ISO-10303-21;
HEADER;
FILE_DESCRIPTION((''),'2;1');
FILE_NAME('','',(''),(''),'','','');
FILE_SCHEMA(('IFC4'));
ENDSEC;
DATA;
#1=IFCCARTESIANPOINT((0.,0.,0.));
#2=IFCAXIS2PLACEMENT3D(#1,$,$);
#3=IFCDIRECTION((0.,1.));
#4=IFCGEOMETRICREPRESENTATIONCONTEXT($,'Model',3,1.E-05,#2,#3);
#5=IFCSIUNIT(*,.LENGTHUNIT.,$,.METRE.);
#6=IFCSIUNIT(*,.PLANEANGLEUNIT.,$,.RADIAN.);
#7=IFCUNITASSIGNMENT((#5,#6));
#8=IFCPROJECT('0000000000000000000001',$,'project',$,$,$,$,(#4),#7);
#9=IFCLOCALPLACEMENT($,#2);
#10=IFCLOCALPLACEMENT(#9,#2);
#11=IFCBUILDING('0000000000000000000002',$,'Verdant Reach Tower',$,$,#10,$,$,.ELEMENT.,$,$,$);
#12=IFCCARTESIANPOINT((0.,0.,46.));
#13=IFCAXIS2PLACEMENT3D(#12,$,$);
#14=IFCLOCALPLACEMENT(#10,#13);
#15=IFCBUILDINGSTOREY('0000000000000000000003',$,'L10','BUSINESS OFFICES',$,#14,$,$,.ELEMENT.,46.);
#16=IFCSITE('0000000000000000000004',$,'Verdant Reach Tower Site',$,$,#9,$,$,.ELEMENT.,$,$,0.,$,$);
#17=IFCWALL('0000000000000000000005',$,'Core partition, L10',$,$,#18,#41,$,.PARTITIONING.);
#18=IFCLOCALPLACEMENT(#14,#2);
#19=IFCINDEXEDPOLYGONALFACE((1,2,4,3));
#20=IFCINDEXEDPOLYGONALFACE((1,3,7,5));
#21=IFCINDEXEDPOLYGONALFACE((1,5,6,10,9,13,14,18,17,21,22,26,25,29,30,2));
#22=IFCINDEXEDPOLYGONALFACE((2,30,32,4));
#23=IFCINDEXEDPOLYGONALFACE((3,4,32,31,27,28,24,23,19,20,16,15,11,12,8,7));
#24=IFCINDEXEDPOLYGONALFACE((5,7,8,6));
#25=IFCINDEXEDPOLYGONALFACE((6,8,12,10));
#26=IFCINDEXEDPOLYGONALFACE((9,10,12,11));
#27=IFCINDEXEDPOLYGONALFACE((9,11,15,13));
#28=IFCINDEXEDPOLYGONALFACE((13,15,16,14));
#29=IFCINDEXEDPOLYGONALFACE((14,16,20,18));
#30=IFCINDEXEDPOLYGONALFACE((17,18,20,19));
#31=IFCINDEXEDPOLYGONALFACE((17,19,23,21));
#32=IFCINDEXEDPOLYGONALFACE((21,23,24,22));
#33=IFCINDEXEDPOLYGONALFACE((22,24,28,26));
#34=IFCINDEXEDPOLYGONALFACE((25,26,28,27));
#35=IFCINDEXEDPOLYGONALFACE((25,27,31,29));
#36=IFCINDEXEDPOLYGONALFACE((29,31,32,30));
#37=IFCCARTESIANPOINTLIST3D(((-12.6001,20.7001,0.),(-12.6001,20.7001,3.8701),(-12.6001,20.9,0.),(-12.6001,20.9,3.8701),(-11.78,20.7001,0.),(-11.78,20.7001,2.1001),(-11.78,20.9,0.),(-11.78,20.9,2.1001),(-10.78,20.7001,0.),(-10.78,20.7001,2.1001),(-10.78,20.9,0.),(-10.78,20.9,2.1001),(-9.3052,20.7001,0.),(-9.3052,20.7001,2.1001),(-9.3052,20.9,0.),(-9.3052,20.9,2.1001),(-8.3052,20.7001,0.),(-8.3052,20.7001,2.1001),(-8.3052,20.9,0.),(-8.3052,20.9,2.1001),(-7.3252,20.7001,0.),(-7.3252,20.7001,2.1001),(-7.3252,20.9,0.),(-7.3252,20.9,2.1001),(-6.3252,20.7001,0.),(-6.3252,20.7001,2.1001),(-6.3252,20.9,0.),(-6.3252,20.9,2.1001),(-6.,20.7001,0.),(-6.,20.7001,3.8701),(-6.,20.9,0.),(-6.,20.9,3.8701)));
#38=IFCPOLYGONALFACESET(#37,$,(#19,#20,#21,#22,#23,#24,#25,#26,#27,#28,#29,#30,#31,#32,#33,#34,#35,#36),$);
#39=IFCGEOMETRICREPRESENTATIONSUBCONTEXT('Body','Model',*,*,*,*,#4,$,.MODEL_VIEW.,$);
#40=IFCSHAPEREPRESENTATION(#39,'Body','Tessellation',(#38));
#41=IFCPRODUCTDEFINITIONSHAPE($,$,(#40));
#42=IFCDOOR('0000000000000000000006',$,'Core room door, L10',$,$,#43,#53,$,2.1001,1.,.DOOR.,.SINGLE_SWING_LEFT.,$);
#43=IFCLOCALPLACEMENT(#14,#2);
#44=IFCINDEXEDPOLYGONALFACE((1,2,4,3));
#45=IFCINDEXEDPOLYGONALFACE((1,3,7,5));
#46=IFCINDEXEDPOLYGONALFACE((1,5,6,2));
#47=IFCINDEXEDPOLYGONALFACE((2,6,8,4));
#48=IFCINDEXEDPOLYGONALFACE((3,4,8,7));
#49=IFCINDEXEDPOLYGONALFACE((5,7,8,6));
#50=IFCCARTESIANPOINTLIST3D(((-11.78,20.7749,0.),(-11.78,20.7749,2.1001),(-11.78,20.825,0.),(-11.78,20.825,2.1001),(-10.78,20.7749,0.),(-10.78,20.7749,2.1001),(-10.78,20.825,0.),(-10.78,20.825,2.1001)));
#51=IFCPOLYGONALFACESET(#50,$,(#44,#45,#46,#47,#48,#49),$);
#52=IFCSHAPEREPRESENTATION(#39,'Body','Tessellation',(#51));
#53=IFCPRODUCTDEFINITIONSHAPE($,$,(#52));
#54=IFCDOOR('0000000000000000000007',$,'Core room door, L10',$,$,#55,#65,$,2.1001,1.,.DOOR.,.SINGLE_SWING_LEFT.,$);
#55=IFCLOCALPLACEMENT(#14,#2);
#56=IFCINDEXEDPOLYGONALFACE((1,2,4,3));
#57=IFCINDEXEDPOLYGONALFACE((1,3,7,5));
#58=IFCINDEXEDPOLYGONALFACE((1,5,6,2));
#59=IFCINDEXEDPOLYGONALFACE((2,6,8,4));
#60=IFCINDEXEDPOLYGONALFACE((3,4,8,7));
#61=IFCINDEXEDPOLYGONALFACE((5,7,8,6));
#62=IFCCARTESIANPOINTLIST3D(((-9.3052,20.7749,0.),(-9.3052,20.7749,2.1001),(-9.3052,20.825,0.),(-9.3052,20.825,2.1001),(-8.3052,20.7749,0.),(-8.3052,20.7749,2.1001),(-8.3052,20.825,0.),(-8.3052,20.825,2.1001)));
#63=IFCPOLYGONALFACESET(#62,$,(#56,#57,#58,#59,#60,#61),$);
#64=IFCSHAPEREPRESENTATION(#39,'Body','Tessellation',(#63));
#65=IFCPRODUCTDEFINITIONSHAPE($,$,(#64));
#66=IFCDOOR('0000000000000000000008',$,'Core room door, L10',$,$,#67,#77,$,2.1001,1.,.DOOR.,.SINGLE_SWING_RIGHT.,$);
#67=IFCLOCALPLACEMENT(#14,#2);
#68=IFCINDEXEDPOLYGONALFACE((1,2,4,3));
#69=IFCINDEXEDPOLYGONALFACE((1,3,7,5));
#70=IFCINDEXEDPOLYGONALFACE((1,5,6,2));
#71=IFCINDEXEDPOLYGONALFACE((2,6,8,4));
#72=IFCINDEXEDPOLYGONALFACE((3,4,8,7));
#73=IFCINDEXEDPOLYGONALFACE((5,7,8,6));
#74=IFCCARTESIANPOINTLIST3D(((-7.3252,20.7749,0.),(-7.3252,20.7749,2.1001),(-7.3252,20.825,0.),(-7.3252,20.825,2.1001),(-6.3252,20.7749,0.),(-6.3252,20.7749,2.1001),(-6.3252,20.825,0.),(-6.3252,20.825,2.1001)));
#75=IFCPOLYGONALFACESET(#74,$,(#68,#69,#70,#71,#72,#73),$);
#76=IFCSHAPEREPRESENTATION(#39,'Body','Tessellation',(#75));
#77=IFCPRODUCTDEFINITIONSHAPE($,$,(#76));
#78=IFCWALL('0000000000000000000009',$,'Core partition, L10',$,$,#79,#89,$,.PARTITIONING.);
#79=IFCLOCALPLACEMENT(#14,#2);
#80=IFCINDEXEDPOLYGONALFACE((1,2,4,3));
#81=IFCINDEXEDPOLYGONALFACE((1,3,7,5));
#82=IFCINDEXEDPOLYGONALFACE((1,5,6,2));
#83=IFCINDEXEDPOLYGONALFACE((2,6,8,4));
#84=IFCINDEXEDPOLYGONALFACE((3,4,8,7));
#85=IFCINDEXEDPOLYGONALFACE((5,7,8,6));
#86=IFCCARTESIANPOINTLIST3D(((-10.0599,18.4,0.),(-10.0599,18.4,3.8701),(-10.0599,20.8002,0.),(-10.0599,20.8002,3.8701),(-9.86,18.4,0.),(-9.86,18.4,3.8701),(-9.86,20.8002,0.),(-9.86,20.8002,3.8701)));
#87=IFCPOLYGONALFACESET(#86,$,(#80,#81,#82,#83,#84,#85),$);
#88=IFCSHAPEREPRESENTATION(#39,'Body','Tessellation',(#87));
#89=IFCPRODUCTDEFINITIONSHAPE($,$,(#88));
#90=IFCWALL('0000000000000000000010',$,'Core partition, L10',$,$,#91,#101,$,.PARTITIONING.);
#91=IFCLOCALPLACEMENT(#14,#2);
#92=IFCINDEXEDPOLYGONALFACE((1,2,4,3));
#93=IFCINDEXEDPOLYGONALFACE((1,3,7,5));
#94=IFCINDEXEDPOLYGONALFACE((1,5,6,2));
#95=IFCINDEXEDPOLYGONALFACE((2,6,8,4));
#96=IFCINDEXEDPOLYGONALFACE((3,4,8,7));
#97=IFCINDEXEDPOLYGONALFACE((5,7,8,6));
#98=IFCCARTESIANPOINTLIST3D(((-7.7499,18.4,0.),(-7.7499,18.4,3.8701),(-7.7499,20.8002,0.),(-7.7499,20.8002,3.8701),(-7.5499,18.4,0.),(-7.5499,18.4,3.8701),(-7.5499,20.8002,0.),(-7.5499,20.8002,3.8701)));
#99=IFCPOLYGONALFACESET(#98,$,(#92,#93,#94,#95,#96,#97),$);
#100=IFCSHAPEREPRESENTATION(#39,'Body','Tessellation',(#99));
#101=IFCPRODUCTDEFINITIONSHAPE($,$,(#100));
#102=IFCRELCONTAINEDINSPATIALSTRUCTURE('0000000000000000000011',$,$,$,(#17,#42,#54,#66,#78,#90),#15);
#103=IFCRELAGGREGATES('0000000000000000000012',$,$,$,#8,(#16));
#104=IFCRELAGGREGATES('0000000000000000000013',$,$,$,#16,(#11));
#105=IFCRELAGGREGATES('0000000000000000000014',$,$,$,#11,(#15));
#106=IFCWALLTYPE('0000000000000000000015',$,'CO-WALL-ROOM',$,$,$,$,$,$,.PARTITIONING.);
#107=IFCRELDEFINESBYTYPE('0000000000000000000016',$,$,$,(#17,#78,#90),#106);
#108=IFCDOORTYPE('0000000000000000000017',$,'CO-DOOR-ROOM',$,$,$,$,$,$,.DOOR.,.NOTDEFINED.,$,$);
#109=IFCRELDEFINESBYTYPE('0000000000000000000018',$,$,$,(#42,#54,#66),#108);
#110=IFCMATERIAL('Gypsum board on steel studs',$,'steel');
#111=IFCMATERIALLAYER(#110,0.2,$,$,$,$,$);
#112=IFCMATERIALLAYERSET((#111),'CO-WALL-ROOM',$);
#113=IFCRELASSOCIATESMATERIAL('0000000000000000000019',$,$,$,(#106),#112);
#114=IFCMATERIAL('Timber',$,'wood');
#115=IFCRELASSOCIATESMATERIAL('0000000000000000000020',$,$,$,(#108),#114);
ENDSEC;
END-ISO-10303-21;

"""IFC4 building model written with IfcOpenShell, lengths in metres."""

from ifc_helpers import new_model, si_unit, direction, frame, frame_2d, origin, place, context, subcontext, project, spatial, rectangle, extrude, material, layer, layer_set, type_object, element, fill, save


model = new_model("IFC4")

# Units and contexts
model_context = context("Model", 3, precision=1e-05, world=origin(), true_north=direction((0.0, 1.0)))
body_context = subcontext(model_context, "Body", "Model", "MODEL_VIEW")
ifc_project = project(units=[si_unit("LENGTHUNIT", "METRE"), si_unit("PLANEANGLEUNIT", "RADIAN")], contexts=[model_context])

# Site, building, storey
site_placement = place(None, origin())
site = spatial("IfcSite", under=ifc_project, at=site_placement, Name="Verdant Reach Tower Site", CompositionType="ELEMENT", RefElevation=0.0)
building_placement = place(site_placement, origin())
building = spatial("IfcBuilding", under=site, at=building_placement, Name="Verdant Reach Tower", CompositionType="ELEMENT")
storey_placement = place(building_placement, frame((0.0, 0.0, 46.0)))
storey = spatial("IfcBuildingStorey", under=building, at=storey_placement, Name="L10", Description="BUSINESS OFFICES", CompositionType="ELEMENT", Elevation=46.0)

# Wall, openings, doors
ifc_material_1 = material(Name="Gypsum board on steel studs", Category="steel")
ifc_layer_1 = layer(ifc_material_1, 0.2)
ifc_layer_set_1 = layer_set([ifc_layer_1], Name="CO-WALL-ROOM")
wall_type_1 = type_object("IfcWallType", Name="CO-WALL-ROOM", PredefinedType="PARTITIONING", material=ifc_layer_set_1)
wall_1_placement = place(storey_placement, frame((-12.6001, 20.8, 0.0), z_axis=(0.0, 0.0, 1.0), x_axis=(1.0, 0.0, 0.0)))
wall_1 = element("IfcWall", 1, at=wall_1_placement, inside=storey, type_object=wall_type_1, Name="Core partition, L10", PredefinedType="PARTITIONING", context=body_context, shape_type="SweptSolid", body=[
    extrude(rectangle(XDim=6.6001, YDim=0.2, at=frame_2d((3.3, 0.0))), origin(), (0.0, 0.0, 1.0), 3.8701),
])
opening_1_placement = place(wall_1_placement, frame((0.8201, 0.0, 0.0)))
opening_1 = element("IfcOpeningElement", 2, at=opening_1_placement, cuts=wall_1, PredefinedType="OPENING", context=body_context, shape_type="SweptSolid", body=[
    extrude(rectangle(XDim=1.0, YDim=2.1001, at=frame_2d((0.5, 1.05))), frame((0.0, 0.1099, 0.0), z_axis=(0.0, -1.0, 0.0), x_axis=(1.0, 0.0, 0.0)), (0.0, 0.0, 1.0), 0.22),
])
opening_2_placement = place(wall_1_placement, frame((3.2949, 0.0, 0.0)))
opening_2 = element("IfcOpeningElement", 3, at=opening_2_placement, cuts=wall_1, PredefinedType="OPENING", context=body_context, shape_type="SweptSolid", body=[
    extrude(rectangle(XDim=1.0, YDim=2.1001, at=frame_2d((0.5, 1.05))), frame((0.0, 0.1099, 0.0), z_axis=(0.0, -1.0, 0.0), x_axis=(1.0, 0.0, 0.0)), (0.0, 0.0, 1.0), 0.22),
])
opening_3_placement = place(wall_1_placement, frame((5.2749, 0.0, 0.0)))
opening_3 = element("IfcOpeningElement", 4, at=opening_3_placement, cuts=wall_1, PredefinedType="OPENING", context=body_context, shape_type="SweptSolid", body=[
    extrude(rectangle(XDim=1.0, YDim=2.1001, at=frame_2d((0.5, 1.05))), frame((0.0, 0.1099, 0.0), z_axis=(0.0, -1.0, 0.0), x_axis=(1.0, 0.0, 0.0)), (0.0, 0.0, 1.0), 0.22),
])
ifc_material_2 = material(Name="Timber", Category="wood")
door_type_1 = type_object("IfcDoorType", Name="CO-DOOR-ROOM", OperationType="NOTDEFINED", PredefinedType="DOOR", material=ifc_material_2)
door_1_placement = place(opening_1_placement, origin())
door_1 = element("IfcDoor", 5, at=door_1_placement, inside=storey, type_object=door_type_1, Name="Core room door, L10", OperationType="SINGLE_SWING_LEFT", OverallHeight=2.1001, OverallWidth=1.0, PredefinedType="DOOR", context=body_context, shape_type="SweptSolid", body=[
    extrude(rectangle(XDim=1.0, YDim=2.1001, at=frame_2d((0.5, 1.05))), frame((0.0, 0.0249, 0.0), z_axis=(0.0, -1.0, 0.0), x_axis=(1.0, 0.0, 0.0)), (0.0, 0.0, 1.0), 0.05),
])
fill(opening_1, door_1)
door_2_placement = place(opening_2_placement, origin())
door_2 = element("IfcDoor", 6, at=door_2_placement, inside=storey, type_object=door_type_1, Name="Core room door, L10", OperationType="SINGLE_SWING_LEFT", OverallHeight=2.1001, OverallWidth=1.0, PredefinedType="DOOR", context=body_context, shape_type="SweptSolid", body=[
    extrude(rectangle(XDim=1.0, YDim=2.1001, at=frame_2d((0.5, 1.05))), frame((0.0, 0.0249, 0.0), z_axis=(0.0, -1.0, 0.0), x_axis=(1.0, 0.0, 0.0)), (0.0, 0.0, 1.0), 0.05),
])
fill(opening_2, door_2)
door_3_placement = place(opening_3_placement, origin())
door_3 = element("IfcDoor", 7, at=door_3_placement, inside=storey, type_object=door_type_1, Name="Core room door, L10", OperationType="SINGLE_SWING_RIGHT", OverallHeight=2.1001, OverallWidth=1.0, PredefinedType="DOOR", context=body_context, shape_type="SweptSolid", body=[
    extrude(rectangle(XDim=1.0, YDim=2.1001, at=frame_2d((0.5, 1.05))), frame((0.0, 0.0249, 0.0), z_axis=(0.0, -1.0, 0.0), x_axis=(1.0, 0.0, 0.0)), (0.0, 0.0, 1.0), 0.05),
])
fill(opening_3, door_3)

# Walls
for number, where, z_axis, x_axis, name in (
    (8, (-9.96, 18.3999, 0.0), (0.0, 0.0, 1.0), (0.0, 1.0, 0.0), "Core partition, L10"),
    (9, (-7.6499, 18.3999, 0.0), (0.0, 0.0, 1.0), (0.0, 1.0, 0.0), "Core partition, L10"),
):
    element("IfcWall", number, at=place(storey_placement, frame(where, z_axis=z_axis, x_axis=x_axis)), inside=storey, type_object=wall_type_1, Name=name, PredefinedType="PARTITIONING", context=body_context, shape_type="SweptSolid", body=[
        extrude(rectangle(XDim=2.4001, YDim=0.2, at=frame_2d((1.2002, 0.0))), origin(), (0.0, 0.0, 1.0), 3.8701),
    ])

save(model, "model.ifc")
